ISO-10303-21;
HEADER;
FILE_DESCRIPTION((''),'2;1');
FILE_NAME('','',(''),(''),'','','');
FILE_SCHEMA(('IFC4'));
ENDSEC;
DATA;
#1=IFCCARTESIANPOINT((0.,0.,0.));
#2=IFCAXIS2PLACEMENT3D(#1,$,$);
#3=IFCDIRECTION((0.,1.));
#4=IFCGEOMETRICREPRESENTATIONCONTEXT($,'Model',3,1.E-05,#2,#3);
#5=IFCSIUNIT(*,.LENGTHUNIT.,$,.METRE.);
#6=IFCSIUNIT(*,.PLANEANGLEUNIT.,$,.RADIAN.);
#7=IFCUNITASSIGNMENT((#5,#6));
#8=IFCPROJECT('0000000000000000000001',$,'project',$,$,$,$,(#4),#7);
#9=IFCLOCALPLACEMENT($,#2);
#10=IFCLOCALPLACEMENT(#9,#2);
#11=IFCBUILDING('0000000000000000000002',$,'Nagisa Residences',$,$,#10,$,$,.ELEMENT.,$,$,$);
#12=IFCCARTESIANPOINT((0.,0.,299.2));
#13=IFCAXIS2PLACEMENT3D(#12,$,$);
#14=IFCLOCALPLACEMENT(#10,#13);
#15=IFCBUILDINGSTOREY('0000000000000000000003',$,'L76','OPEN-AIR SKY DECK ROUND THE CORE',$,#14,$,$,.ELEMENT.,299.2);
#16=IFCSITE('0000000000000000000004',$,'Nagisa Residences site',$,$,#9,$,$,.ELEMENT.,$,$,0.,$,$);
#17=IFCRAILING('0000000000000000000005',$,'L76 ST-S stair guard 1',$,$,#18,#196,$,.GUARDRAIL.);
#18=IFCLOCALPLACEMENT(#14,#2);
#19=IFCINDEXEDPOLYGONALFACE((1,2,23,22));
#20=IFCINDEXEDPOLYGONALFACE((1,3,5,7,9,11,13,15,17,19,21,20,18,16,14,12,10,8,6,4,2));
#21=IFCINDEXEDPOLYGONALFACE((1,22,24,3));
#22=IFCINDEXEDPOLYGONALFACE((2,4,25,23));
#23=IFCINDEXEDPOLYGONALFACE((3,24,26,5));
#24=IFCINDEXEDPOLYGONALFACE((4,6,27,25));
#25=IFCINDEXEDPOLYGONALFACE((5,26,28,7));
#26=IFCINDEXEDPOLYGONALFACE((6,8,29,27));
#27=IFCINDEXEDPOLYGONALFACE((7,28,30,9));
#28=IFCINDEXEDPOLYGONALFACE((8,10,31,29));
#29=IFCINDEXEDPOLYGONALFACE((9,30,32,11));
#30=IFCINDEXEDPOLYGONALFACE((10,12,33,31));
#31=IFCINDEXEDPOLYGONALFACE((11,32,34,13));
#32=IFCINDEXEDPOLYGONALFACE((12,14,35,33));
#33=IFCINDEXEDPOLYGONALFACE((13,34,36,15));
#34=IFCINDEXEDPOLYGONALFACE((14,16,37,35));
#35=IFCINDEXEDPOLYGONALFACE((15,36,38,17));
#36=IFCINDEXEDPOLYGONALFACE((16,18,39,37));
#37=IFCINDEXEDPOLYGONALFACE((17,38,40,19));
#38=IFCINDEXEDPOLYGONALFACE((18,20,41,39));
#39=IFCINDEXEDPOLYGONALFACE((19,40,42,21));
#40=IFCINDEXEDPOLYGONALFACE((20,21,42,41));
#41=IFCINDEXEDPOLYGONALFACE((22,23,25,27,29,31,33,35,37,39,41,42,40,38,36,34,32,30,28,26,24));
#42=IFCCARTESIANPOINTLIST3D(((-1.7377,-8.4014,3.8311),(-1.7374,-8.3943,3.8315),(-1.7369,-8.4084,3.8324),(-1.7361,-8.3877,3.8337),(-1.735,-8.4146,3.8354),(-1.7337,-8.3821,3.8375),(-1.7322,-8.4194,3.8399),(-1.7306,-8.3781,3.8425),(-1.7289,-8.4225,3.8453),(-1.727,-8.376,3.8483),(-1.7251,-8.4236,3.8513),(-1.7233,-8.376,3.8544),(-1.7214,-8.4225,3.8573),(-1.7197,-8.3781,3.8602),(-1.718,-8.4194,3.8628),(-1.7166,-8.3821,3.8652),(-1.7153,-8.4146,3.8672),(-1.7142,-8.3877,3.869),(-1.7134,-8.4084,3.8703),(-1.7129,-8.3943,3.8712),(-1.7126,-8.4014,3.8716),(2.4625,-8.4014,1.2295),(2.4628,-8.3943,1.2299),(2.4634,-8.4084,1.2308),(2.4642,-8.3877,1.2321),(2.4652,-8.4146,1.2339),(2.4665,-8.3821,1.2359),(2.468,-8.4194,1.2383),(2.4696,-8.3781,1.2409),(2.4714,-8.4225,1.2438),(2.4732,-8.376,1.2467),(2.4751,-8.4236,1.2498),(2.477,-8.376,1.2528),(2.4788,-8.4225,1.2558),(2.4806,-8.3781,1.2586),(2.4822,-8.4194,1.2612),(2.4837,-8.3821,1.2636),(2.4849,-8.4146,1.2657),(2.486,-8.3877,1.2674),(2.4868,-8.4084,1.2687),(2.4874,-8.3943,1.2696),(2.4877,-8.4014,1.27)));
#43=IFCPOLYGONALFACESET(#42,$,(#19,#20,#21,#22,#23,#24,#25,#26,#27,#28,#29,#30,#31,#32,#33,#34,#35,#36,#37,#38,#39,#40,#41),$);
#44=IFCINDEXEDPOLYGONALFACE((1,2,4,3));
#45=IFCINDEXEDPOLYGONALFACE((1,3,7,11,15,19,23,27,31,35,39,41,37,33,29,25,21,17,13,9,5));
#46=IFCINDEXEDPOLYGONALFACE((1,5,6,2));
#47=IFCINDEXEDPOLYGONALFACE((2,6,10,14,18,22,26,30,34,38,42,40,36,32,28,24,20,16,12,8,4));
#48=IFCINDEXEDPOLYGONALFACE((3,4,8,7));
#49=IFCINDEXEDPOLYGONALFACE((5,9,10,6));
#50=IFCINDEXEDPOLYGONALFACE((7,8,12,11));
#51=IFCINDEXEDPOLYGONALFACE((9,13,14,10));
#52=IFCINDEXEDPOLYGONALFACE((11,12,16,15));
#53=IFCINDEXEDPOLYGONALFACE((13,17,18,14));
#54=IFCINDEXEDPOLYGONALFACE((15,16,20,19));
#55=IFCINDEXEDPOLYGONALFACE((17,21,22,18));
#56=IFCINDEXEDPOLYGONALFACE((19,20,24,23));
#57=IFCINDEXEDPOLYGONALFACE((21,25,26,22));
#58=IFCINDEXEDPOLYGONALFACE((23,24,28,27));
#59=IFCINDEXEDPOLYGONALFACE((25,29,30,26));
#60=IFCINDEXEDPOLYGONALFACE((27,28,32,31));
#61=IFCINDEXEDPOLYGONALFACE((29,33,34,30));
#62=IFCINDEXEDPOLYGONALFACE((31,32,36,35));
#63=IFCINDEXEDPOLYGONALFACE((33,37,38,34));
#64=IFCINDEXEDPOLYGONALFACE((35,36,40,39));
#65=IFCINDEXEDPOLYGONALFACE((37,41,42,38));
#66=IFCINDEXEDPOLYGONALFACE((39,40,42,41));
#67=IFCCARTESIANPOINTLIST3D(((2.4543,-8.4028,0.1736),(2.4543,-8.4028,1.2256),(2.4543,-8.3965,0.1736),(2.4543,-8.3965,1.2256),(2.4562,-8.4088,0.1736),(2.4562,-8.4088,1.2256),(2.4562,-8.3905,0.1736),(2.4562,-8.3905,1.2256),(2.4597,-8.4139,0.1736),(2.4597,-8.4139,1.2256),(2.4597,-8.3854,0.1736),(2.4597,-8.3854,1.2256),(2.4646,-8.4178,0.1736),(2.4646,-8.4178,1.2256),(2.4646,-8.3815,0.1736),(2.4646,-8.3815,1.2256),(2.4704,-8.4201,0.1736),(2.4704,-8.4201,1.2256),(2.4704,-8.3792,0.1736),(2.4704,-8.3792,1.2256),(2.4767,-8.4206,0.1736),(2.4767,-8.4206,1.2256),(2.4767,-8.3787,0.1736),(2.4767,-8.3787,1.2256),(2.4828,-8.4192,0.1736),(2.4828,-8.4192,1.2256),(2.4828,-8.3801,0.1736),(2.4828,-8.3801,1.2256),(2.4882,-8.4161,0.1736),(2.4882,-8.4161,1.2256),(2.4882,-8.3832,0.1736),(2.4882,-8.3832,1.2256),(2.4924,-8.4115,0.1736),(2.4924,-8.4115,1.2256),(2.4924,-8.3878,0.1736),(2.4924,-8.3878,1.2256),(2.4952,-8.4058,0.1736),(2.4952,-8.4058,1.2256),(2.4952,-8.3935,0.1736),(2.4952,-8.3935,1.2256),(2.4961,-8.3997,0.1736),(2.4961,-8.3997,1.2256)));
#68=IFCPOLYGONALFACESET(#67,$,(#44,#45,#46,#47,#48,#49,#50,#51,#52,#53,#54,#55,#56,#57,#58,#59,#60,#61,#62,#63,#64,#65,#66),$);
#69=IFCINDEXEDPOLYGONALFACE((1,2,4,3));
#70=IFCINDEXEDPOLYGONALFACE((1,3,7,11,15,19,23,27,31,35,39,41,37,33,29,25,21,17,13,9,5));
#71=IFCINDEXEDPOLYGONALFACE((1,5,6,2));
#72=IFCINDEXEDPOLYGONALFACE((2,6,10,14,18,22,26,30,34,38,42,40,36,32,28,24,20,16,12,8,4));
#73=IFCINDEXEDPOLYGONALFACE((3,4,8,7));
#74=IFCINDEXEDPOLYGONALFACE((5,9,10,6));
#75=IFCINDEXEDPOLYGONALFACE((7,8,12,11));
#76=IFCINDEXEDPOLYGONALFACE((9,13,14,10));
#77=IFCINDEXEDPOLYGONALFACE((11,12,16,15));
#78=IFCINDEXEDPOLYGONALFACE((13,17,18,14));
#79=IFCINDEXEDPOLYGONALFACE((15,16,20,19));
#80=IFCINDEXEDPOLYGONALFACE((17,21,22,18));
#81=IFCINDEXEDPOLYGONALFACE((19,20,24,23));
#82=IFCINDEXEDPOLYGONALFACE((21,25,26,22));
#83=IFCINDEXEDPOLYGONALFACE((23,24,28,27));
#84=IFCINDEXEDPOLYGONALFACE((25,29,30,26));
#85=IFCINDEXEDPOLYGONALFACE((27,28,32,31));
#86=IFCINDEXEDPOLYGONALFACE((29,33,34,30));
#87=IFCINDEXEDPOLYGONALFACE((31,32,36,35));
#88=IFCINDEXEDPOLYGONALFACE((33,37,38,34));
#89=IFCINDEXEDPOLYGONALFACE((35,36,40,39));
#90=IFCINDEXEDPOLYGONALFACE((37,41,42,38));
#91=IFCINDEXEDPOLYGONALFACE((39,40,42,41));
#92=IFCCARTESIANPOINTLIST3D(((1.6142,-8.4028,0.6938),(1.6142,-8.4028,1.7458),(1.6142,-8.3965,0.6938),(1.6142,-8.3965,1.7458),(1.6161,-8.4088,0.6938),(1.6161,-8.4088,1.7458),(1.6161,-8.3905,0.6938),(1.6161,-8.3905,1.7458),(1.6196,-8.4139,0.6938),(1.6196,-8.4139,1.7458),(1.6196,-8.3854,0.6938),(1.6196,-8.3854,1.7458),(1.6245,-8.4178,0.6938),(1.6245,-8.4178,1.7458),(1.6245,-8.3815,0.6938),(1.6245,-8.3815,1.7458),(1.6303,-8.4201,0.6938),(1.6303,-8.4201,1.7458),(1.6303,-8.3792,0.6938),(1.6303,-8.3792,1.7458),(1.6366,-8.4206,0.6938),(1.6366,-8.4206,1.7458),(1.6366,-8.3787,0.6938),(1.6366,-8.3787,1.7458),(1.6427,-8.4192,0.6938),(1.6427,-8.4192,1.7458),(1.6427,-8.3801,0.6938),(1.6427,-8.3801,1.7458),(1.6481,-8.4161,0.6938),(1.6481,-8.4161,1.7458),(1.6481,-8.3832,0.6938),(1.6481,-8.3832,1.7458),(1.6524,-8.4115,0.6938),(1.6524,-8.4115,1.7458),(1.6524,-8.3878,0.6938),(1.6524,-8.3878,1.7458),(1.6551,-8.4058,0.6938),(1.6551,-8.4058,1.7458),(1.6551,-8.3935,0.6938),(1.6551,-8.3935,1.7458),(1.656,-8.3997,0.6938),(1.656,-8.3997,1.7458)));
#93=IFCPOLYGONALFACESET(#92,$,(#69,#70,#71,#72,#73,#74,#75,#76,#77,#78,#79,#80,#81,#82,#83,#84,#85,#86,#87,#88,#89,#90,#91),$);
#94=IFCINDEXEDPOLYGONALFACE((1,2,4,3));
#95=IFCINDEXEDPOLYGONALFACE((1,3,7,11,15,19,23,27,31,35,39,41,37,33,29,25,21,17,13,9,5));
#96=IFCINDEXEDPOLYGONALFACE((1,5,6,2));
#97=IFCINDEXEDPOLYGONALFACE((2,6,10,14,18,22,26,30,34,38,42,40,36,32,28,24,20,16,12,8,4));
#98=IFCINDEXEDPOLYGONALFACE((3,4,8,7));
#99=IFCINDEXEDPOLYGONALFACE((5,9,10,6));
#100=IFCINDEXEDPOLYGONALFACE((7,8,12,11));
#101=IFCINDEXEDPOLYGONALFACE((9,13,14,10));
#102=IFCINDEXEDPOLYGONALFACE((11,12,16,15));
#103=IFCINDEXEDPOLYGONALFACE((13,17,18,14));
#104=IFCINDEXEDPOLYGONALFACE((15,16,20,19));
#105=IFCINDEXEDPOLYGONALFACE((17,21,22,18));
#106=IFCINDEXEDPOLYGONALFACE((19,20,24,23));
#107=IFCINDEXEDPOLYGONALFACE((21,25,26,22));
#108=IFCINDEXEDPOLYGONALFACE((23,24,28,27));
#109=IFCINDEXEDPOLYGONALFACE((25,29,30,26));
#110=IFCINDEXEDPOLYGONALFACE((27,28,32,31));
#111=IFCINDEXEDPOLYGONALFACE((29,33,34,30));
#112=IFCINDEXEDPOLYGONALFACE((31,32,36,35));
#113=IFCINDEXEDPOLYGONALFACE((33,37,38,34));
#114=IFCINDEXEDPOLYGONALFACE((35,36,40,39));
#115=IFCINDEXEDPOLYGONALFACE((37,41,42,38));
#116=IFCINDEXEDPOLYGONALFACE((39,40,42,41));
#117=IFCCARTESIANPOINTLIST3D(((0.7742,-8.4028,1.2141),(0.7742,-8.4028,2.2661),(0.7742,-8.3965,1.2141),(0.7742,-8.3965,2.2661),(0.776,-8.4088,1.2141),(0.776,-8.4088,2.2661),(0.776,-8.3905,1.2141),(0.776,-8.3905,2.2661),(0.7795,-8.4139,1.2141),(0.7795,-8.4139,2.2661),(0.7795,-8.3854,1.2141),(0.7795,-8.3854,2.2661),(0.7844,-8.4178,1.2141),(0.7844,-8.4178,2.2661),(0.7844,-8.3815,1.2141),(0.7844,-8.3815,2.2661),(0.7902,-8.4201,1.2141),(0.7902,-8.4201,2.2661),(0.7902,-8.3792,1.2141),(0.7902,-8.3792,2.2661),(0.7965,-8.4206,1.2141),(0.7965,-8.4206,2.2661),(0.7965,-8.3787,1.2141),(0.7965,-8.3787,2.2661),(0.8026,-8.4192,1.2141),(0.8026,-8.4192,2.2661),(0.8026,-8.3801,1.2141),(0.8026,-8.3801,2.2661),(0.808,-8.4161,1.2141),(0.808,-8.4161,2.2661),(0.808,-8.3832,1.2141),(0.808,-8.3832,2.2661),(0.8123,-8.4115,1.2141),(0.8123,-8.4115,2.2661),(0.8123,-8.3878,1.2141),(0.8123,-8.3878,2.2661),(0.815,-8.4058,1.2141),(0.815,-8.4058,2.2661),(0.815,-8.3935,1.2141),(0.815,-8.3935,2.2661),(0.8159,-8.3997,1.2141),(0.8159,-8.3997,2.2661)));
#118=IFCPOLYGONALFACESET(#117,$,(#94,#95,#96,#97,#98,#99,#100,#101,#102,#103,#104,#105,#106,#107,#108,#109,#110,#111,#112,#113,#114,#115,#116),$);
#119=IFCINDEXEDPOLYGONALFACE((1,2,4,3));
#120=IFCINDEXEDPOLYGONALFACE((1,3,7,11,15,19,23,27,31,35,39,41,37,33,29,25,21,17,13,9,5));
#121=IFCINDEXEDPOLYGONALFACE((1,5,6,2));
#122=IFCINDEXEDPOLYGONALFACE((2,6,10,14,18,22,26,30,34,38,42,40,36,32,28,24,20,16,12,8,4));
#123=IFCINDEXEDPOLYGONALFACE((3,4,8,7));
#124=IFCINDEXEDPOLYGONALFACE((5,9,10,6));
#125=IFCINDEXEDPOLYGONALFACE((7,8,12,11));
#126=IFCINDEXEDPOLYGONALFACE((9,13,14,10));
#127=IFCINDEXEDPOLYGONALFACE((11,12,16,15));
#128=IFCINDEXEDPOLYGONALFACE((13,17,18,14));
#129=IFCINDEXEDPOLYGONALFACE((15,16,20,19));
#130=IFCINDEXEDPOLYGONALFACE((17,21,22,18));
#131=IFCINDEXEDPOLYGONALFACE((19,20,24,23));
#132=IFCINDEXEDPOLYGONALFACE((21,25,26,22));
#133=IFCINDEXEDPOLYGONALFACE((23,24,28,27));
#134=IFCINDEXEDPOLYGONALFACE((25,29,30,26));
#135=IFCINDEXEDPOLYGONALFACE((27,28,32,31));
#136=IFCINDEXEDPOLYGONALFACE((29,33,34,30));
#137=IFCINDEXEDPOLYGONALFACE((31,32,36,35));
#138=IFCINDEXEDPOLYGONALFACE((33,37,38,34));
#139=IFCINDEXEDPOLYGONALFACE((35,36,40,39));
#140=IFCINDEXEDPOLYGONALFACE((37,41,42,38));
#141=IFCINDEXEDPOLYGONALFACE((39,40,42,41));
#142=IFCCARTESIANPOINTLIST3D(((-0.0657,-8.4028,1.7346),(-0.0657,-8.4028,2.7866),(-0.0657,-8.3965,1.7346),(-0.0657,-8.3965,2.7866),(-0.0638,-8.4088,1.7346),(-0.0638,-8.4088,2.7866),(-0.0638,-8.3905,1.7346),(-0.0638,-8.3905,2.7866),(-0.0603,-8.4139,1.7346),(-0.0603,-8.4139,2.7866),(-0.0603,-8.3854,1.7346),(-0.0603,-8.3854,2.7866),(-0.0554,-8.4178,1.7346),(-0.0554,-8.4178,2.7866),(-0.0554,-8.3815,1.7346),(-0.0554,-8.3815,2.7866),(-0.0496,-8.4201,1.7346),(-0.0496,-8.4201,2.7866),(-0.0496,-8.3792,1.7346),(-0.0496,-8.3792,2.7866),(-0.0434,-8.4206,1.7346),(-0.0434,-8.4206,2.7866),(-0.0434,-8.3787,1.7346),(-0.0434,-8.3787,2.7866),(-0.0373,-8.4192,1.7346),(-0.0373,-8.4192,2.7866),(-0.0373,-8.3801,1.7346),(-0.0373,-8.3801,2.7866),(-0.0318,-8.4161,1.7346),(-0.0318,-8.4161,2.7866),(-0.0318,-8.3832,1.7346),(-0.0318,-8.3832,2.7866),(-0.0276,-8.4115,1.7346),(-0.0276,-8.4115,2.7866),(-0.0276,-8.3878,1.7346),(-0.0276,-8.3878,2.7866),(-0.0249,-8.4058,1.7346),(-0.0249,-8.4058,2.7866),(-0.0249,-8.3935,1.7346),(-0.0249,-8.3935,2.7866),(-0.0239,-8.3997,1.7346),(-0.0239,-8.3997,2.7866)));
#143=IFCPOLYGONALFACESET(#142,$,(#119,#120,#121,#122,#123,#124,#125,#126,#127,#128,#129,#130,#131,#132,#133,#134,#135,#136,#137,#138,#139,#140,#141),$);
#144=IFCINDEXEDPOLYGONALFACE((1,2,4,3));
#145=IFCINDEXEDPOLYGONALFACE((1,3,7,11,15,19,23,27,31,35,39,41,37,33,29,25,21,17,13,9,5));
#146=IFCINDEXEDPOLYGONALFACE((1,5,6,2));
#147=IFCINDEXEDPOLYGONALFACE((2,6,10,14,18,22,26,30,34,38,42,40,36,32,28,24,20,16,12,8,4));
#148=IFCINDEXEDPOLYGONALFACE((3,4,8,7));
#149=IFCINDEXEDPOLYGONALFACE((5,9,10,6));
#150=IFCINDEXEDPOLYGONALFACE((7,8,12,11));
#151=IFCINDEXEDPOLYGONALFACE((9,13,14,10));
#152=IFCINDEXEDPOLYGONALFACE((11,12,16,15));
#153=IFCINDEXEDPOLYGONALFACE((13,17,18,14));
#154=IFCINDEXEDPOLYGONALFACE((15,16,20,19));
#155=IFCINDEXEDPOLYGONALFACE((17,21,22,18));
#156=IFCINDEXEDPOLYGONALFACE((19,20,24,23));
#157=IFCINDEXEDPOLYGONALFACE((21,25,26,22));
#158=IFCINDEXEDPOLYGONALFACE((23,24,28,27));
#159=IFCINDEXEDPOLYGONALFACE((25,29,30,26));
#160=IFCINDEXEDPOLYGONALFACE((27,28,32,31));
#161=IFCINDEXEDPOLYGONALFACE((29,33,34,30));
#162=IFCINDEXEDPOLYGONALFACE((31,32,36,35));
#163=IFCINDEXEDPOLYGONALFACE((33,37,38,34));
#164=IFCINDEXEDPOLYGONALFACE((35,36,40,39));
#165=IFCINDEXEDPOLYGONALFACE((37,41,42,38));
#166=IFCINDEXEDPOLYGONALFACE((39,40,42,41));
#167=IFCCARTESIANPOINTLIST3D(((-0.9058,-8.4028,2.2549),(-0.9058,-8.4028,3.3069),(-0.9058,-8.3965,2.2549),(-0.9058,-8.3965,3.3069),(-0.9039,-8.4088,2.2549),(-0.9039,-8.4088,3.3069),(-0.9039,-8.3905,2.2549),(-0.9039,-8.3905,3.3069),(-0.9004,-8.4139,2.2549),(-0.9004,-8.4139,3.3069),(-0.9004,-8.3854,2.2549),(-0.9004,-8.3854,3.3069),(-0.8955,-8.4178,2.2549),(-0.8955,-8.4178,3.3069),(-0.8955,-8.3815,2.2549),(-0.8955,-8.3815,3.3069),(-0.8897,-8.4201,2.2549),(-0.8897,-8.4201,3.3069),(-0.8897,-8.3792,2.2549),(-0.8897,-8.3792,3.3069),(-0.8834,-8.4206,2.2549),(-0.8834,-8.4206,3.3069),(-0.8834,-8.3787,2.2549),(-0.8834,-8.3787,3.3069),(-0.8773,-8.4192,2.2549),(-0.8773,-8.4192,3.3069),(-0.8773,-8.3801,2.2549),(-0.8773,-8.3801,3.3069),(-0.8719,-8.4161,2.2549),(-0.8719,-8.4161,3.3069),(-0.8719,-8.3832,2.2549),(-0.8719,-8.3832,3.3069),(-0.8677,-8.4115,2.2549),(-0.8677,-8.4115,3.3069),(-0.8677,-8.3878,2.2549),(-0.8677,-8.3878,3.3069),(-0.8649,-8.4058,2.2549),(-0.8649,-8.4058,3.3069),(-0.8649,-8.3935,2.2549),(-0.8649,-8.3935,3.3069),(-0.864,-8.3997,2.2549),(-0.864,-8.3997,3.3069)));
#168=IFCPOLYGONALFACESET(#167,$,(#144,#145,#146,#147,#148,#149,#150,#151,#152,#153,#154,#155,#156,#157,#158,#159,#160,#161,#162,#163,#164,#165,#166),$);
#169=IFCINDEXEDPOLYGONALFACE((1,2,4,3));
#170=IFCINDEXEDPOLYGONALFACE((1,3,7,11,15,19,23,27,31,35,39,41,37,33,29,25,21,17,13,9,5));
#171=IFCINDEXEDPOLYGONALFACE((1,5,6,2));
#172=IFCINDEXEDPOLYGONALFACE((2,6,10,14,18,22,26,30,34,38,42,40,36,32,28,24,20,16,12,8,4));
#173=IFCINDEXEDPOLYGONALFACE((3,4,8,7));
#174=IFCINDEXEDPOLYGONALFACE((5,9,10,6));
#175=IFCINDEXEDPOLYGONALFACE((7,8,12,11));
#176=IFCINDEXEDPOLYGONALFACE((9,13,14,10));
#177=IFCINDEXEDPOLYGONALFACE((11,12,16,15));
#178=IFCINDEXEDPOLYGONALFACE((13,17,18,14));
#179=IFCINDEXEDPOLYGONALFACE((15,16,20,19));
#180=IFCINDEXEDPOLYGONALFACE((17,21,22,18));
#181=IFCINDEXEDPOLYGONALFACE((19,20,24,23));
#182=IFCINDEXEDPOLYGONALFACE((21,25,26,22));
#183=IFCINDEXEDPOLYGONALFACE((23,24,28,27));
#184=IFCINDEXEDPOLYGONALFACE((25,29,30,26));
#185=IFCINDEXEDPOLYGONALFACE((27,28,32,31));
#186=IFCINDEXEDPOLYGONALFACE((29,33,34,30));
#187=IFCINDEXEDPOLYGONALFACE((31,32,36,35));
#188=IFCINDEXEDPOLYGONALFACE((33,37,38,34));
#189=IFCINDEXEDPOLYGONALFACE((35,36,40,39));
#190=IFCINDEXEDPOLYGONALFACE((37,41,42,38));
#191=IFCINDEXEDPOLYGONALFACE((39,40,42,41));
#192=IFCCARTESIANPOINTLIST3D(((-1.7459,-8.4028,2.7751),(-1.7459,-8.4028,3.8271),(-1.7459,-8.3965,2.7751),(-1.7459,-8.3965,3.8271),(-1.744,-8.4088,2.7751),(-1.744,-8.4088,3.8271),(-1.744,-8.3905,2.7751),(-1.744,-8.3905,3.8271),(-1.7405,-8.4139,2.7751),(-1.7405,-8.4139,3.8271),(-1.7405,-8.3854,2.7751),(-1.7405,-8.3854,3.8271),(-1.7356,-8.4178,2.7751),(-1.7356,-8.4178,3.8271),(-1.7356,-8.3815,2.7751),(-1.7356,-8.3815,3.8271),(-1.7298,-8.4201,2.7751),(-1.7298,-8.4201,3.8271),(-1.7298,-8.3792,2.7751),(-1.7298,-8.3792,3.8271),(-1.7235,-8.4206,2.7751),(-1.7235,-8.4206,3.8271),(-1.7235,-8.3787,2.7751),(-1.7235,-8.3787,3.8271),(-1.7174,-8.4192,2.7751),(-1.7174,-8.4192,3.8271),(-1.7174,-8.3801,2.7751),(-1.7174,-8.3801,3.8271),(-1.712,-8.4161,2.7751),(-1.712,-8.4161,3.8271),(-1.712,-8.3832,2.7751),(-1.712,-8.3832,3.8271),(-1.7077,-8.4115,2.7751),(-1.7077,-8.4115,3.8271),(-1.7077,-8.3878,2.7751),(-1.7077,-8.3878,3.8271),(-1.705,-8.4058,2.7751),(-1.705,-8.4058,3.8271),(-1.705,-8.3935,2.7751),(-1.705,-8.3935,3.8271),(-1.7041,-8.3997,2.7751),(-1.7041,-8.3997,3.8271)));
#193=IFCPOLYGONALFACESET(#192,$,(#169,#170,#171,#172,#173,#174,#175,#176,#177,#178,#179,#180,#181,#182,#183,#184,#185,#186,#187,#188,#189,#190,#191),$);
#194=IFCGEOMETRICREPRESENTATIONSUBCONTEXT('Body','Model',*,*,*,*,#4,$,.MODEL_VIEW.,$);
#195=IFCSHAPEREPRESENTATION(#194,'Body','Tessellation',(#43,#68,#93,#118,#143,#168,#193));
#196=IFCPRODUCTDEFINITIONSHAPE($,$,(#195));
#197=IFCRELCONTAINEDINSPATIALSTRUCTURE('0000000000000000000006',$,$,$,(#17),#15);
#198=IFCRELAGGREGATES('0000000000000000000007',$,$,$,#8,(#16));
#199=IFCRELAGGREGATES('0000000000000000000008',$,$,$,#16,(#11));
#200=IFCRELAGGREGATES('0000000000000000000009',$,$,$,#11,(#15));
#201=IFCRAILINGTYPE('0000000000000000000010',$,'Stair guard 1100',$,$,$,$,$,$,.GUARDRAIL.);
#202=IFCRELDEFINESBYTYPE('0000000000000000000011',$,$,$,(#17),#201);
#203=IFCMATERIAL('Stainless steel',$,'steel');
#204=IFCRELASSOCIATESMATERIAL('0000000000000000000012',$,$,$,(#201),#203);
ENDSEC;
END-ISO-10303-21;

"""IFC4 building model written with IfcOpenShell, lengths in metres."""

from ifc_helpers import new_model, si_unit, direction, frame, origin, origin_2d, place, context, subcontext, project, spatial, circle, extrude, material, type_object, element, save


model = new_model("IFC4")

# Units and contexts
model_context = context("Model", 3, precision=1e-05, world=origin(), true_north=direction((0.0, 1.0)))
body_context = subcontext(model_context, "Body", "Model", "MODEL_VIEW")
ifc_project = project(units=[si_unit("LENGTHUNIT", "METRE"), si_unit("PLANEANGLEUNIT", "RADIAN")], contexts=[model_context])

# Site, building, storey
site_placement = place(None, origin())
site = spatial("IfcSite", under=ifc_project, at=site_placement, Name="Nagisa Residences site", CompositionType="ELEMENT", RefElevation=0.0)
building_placement = place(site_placement, origin())
building = spatial("IfcBuilding", under=site, at=building_placement, Name="Nagisa Residences", CompositionType="ELEMENT")
storey_placement = place(building_placement, frame((0.0, 0.0, 299.2)))
storey = spatial("IfcBuildingStorey", under=building, at=storey_placement, Name="L76", Description="OPEN-AIR SKY DECK ROUND THE CORE", CompositionType="ELEMENT", Elevation=299.2)

# Railing
ifc_material_1 = material(Name="Stainless steel", Category="steel")
railing_type = type_object("IfcRailingType", Name="Stair guard 1100", PredefinedType="GUARDRAIL", material=ifc_material_1)
railing_placement = place(storey_placement, frame((2.4751, -8.3997, 0.1736)))
element("IfcRailing", 1, at=railing_placement, inside=storey, type_object=railing_type, Name="L76 ST-S stair guard 1", PredefinedType="GUARDRAIL", context=body_context, shape_type="SweptSolid", body=[
    extrude(circle(Radius=0.0239, at=origin_2d()), frame((0.0, 0.0, 1.0762), z_axis=(-0.850135, 0.0, 0.526566), x_axis=(0.0, -1.0, 0.0)), (0.0, 0.0, 1.0), 4.9407),
    extrude(circle(Radius=0.021, at=origin_2d()), origin(), (0.0, 0.0, 1.0), 1.052),
    extrude(circle(Radius=0.021, at=origin_2d()), frame((-0.8401, 0.0, 0.5203)), (0.0, 0.0, 1.0), 1.052),
    extrude(circle(Radius=0.021, at=origin_2d()), frame((-1.6802, 0.0, 1.0405)), (0.0, 0.0, 1.0), 1.052),
    extrude(circle(Radius=0.021, at=origin_2d()), frame((-2.52, 0.0, 1.561)), (0.0, 0.0, 1.0), 1.052),
    extrude(circle(Radius=0.021, at=origin_2d()), frame((-3.3601, 0.0, 2.0813)), (0.0, 0.0, 1.0), 1.052),
    extrude(circle(Radius=0.021, at=origin_2d()), frame((-4.2002, 0.0, 2.6016)), (0.0, 0.0, 1.0), 1.052),
])

save(model, "model.ifc")
